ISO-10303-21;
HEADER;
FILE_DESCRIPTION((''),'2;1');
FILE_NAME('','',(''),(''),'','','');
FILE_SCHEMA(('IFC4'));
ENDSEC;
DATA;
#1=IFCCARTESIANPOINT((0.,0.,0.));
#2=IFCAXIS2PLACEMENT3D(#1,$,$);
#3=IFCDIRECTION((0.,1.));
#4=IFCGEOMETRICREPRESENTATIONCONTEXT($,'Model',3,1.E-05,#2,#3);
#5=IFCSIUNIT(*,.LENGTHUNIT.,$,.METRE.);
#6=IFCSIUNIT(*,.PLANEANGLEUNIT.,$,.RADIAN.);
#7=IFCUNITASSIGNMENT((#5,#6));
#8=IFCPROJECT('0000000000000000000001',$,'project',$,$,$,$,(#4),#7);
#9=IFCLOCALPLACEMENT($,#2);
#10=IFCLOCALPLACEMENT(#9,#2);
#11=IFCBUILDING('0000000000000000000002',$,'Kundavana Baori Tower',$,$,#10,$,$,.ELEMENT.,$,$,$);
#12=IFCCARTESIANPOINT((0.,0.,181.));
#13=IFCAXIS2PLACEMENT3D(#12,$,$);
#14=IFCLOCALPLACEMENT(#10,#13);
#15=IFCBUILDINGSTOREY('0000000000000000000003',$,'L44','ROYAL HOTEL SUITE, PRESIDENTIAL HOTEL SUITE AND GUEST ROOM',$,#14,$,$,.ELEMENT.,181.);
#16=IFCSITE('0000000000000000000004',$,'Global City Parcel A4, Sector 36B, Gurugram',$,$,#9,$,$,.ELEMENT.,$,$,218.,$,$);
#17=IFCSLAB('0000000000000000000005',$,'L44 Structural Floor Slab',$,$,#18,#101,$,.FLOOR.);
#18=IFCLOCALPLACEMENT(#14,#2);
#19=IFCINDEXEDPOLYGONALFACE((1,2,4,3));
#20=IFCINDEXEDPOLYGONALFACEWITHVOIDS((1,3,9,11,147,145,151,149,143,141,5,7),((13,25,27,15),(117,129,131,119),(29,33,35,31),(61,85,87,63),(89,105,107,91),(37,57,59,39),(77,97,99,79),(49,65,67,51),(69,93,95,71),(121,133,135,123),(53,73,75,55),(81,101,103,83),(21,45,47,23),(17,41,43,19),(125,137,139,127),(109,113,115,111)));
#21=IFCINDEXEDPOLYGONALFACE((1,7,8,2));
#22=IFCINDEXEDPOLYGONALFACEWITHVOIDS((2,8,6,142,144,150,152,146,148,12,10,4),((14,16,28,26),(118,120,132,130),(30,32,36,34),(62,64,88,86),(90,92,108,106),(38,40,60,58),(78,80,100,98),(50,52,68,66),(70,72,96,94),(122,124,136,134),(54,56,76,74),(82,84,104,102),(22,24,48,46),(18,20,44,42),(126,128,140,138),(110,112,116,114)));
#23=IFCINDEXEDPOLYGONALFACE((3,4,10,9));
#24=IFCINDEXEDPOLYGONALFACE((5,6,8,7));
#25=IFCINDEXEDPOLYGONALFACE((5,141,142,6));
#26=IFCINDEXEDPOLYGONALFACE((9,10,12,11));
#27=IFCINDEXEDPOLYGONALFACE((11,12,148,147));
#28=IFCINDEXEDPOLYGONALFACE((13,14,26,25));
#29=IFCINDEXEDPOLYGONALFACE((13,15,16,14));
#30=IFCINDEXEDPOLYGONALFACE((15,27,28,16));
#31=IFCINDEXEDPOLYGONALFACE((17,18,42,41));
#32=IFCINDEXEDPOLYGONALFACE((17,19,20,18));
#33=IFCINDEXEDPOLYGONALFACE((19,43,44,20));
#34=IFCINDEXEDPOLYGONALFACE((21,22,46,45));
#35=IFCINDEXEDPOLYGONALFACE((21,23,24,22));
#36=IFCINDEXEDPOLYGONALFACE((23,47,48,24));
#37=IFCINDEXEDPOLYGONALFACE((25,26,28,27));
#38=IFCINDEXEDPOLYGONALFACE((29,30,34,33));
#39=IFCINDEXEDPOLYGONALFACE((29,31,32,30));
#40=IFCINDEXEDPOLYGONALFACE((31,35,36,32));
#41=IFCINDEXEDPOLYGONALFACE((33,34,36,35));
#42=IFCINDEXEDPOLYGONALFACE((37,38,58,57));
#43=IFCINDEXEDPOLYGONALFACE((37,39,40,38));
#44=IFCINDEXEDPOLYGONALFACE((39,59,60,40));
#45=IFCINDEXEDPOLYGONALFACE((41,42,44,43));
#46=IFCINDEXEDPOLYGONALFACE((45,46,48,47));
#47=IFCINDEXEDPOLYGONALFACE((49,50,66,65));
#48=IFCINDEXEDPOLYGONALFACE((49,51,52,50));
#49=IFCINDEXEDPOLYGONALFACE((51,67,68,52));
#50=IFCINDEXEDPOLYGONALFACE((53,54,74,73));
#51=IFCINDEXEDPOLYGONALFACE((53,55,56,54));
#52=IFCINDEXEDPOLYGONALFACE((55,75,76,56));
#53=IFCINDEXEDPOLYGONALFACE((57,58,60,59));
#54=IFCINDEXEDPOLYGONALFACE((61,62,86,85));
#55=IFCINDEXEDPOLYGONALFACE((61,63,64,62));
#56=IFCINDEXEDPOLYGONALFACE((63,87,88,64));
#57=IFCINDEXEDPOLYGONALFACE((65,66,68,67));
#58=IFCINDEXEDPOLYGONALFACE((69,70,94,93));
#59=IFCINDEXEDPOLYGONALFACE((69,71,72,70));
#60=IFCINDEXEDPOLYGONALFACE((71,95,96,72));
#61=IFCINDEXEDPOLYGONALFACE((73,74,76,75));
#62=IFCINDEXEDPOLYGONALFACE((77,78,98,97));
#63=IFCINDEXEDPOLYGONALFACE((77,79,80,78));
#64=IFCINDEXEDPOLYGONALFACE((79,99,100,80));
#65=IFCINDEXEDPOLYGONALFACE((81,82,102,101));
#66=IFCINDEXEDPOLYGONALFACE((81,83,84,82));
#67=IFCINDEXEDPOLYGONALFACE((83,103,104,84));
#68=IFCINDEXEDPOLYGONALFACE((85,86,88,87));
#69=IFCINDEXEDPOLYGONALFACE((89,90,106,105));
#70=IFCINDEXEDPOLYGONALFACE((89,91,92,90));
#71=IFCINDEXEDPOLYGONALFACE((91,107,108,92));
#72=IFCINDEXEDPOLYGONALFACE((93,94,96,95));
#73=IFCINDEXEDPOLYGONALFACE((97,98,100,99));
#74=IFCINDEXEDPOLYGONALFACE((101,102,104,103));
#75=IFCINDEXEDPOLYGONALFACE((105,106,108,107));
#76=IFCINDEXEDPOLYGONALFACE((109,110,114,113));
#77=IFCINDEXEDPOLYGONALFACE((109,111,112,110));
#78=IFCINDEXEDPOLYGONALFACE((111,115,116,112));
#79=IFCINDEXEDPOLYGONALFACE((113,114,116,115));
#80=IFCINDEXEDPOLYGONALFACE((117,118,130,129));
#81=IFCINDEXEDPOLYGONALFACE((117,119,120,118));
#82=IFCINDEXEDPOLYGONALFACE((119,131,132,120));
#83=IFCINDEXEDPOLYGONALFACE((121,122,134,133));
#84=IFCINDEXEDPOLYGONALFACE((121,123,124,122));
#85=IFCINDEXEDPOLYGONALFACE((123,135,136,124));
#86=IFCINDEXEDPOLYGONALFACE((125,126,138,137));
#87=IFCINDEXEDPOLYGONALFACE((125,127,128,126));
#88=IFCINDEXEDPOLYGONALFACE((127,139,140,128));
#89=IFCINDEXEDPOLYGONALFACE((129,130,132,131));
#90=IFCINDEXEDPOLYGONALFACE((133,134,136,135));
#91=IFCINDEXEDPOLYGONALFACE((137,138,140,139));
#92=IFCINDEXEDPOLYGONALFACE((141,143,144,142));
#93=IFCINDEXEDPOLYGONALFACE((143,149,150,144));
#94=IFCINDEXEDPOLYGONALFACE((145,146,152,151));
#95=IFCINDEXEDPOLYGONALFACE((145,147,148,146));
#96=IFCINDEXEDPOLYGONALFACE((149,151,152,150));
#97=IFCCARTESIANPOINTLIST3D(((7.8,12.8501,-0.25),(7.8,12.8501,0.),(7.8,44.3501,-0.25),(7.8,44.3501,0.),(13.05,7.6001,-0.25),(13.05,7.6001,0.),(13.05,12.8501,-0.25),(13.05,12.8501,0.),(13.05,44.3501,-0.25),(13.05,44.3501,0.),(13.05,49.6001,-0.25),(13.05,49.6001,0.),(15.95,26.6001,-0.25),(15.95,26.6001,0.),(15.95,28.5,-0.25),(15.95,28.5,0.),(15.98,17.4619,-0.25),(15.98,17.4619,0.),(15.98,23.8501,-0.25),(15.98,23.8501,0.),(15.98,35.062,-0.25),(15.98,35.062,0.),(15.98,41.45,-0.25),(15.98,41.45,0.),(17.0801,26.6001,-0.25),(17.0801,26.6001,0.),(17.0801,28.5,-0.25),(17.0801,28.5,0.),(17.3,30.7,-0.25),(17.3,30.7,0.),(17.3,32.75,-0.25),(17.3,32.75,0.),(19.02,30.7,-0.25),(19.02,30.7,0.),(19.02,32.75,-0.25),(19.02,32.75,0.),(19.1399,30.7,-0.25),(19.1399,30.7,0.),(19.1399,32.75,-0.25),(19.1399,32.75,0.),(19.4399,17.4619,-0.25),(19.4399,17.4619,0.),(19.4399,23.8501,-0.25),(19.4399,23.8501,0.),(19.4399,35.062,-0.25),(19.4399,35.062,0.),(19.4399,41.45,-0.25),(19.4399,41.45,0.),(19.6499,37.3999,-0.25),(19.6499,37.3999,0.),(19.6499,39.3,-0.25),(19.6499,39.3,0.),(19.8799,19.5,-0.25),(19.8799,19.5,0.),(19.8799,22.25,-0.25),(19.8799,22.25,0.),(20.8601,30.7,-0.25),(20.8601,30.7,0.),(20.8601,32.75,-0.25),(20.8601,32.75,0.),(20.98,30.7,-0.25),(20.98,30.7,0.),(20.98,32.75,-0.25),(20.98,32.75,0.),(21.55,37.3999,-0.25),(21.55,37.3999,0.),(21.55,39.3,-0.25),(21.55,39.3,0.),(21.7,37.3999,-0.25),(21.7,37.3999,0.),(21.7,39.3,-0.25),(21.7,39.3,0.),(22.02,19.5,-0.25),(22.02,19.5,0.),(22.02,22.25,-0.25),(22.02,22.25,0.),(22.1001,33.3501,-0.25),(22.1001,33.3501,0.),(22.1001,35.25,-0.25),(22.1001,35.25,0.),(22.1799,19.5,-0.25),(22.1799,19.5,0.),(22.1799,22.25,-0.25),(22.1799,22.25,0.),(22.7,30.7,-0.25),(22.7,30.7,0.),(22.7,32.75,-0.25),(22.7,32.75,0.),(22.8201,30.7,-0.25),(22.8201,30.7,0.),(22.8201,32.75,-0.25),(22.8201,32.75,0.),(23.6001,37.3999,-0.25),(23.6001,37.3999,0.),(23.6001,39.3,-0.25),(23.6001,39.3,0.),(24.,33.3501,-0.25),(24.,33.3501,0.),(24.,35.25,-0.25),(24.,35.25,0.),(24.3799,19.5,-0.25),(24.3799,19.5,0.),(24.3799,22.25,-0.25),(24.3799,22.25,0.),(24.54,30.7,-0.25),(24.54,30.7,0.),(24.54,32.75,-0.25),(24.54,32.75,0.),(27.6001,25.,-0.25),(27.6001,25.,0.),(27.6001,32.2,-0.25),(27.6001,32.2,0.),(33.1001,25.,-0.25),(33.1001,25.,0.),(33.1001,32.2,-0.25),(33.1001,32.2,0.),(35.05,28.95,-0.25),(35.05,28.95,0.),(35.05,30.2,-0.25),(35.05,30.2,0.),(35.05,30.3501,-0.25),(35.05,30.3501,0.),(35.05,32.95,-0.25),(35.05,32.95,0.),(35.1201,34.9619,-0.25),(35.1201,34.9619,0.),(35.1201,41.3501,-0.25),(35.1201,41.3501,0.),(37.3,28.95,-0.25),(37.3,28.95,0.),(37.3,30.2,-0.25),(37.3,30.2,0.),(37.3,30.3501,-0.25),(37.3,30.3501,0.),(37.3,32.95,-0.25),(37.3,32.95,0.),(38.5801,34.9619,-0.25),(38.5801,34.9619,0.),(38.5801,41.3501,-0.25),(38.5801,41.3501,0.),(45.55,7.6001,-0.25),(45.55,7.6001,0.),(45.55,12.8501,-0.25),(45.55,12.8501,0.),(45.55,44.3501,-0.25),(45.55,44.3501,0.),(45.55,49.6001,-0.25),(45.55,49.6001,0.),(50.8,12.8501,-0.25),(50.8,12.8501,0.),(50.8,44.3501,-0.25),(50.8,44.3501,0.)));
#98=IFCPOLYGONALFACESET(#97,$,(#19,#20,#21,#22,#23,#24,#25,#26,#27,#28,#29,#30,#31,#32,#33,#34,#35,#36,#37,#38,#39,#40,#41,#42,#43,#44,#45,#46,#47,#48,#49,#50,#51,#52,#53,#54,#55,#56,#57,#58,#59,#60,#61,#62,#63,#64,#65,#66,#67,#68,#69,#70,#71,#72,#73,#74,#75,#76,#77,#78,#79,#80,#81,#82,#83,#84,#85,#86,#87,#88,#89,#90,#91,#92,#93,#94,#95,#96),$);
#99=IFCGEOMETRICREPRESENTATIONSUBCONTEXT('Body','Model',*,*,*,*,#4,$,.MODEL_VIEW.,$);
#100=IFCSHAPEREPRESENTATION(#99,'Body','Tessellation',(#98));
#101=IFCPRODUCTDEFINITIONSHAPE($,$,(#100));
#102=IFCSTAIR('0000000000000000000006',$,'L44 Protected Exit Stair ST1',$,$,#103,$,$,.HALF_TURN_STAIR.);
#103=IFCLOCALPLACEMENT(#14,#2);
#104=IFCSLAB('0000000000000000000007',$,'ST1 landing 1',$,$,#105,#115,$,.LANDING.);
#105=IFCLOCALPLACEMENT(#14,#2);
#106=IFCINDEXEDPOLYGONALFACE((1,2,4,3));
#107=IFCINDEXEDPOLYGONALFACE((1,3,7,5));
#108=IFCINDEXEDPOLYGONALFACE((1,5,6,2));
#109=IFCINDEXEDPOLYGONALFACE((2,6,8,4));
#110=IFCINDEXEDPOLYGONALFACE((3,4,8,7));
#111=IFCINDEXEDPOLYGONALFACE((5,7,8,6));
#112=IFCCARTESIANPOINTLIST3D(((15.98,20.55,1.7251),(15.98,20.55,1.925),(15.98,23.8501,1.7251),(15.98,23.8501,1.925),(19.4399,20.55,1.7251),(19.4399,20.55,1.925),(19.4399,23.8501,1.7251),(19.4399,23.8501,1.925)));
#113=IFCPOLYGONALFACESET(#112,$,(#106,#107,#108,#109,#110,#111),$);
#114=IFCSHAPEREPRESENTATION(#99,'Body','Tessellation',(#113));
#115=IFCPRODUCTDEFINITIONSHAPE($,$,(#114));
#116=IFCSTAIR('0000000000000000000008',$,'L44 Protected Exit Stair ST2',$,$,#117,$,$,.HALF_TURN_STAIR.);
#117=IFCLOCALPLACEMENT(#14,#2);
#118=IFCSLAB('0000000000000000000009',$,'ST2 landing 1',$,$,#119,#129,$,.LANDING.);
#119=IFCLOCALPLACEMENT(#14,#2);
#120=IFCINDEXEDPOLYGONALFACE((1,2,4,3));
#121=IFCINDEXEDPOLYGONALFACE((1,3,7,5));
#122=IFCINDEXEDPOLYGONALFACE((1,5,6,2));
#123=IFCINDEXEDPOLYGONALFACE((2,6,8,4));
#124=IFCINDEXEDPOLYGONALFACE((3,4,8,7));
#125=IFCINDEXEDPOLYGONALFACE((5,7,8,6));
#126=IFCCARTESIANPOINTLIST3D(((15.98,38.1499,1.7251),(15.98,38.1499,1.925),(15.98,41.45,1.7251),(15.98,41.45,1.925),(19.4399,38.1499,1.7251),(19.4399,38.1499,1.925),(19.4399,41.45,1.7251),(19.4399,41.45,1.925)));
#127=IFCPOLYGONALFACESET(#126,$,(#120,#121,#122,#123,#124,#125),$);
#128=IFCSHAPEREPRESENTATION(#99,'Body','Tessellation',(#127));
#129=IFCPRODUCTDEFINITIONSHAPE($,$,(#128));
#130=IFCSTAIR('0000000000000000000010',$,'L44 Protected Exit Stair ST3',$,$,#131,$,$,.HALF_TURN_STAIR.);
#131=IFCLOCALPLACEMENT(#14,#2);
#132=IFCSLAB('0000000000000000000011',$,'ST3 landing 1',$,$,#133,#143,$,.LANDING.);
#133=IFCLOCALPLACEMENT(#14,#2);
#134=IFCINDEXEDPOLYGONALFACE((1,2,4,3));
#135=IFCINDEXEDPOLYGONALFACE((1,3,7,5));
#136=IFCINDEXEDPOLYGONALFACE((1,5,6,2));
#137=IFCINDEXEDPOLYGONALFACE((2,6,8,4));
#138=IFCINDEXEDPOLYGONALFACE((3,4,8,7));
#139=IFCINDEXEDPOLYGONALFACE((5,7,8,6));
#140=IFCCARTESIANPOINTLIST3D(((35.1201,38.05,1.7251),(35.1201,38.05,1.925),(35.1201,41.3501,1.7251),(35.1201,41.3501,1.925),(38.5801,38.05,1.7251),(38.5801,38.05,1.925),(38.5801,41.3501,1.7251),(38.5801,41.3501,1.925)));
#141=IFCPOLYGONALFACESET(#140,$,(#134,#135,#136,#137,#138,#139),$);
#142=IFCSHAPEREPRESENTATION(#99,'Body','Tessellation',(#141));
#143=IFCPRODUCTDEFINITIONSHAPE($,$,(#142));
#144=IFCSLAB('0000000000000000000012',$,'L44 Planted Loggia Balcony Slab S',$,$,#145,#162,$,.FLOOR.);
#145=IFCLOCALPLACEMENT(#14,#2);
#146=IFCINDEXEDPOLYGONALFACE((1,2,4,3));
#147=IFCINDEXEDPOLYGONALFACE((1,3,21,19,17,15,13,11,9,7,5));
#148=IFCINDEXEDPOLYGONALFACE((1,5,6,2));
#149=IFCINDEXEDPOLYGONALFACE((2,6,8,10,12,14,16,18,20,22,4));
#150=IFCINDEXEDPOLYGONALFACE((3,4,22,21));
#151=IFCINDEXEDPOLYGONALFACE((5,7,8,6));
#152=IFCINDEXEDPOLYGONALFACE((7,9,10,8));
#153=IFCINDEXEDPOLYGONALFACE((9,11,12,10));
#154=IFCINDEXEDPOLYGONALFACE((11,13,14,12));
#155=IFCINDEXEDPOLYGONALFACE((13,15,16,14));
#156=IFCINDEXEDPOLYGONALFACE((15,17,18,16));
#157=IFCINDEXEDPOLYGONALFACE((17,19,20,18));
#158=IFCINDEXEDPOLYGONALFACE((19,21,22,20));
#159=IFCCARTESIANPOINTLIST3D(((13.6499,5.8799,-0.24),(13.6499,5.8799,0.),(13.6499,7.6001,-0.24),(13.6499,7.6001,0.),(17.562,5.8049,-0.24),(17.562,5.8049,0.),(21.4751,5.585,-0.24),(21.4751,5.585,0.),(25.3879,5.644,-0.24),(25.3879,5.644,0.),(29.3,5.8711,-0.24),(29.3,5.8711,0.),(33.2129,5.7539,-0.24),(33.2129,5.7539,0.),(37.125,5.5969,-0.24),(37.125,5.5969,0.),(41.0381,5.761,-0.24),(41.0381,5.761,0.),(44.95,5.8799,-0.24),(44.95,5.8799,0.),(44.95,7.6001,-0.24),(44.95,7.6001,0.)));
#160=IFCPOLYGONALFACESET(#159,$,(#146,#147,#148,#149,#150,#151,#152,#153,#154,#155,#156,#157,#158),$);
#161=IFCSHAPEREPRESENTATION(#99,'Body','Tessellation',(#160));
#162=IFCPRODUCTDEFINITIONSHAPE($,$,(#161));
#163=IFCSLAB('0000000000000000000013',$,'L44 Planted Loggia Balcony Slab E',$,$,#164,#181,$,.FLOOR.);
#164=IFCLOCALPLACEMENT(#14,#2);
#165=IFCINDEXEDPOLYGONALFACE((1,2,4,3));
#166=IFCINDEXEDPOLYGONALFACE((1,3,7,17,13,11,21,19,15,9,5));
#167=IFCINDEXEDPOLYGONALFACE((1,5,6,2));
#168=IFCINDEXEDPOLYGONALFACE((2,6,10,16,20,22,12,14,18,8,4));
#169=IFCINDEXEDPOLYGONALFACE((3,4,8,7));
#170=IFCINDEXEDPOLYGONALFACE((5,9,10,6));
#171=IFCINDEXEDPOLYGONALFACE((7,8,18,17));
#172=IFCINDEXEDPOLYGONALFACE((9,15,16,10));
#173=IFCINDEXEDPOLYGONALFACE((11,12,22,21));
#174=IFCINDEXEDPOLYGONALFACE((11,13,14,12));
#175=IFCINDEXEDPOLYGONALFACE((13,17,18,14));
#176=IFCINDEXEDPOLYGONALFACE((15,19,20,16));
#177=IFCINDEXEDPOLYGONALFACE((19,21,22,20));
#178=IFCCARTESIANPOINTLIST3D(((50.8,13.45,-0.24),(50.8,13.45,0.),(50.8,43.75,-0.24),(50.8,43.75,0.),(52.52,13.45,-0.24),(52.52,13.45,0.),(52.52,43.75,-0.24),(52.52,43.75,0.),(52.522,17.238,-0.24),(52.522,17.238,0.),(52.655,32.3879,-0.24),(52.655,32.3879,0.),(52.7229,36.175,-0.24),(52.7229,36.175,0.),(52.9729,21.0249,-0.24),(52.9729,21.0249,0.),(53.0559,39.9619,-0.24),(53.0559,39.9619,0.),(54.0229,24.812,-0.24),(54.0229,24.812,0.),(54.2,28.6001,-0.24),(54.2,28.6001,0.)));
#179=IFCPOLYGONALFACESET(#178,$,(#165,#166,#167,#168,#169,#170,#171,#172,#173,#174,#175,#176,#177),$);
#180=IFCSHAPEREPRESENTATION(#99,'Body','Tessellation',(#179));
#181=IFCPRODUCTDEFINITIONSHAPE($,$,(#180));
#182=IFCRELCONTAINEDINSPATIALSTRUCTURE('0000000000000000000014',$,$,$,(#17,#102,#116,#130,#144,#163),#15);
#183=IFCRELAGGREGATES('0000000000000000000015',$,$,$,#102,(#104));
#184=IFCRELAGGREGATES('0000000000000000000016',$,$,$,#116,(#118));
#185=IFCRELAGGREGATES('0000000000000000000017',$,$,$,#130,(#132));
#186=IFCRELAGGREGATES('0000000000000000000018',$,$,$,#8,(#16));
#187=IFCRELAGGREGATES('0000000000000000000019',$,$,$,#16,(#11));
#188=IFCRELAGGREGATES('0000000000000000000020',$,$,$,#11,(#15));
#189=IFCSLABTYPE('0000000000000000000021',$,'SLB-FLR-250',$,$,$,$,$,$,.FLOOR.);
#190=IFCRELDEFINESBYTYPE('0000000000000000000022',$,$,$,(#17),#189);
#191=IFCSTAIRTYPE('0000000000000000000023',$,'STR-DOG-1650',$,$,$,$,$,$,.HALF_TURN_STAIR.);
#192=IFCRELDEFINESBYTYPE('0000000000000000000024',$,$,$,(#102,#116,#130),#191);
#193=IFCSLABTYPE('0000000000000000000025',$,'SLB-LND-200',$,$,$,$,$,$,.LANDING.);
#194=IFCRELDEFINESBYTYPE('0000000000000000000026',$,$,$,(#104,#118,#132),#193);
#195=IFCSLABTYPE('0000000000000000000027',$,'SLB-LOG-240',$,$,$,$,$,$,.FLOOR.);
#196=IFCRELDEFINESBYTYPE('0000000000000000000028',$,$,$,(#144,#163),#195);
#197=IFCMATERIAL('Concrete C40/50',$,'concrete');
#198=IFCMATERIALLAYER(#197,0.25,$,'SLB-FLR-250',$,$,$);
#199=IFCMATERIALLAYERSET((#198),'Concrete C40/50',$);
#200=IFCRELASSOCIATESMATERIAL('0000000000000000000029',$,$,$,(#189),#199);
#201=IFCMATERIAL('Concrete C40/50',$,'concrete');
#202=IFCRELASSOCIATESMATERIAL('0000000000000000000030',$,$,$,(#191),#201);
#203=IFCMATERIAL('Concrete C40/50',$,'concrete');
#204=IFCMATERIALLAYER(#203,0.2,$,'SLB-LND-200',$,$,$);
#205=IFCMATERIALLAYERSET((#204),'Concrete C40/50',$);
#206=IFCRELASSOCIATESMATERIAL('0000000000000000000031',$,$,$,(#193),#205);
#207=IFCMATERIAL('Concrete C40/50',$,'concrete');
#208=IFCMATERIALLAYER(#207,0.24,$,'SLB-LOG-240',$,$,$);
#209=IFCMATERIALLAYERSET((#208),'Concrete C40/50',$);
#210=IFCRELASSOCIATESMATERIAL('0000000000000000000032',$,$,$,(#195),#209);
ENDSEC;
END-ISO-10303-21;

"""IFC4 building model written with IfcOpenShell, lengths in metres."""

from ifc_helpers import new_model, si_unit, direction, frame, origin, place, context, subcontext, project, spatial, polyline, outline, extrude, material, layer, layer_set, type_object, element, aggregate, save


model = new_model("IFC4")

# Units and contexts
model_context = context("Model", 3, precision=1e-05, world=origin(), true_north=direction((0.0, 1.0)))
body_context = subcontext(model_context, "Body", "Model", "MODEL_VIEW")
ifc_project = project(units=[si_unit("LENGTHUNIT", "METRE"), si_unit("PLANEANGLEUNIT", "RADIAN")], contexts=[model_context])

# Site, building, storey
site_placement = place(None, origin())
site = spatial("IfcSite", under=ifc_project, at=site_placement, Name="Global City Parcel A4, Sector 36B, Gurugram", CompositionType="ELEMENT", RefElevation=218.0)
building_placement = place(site_placement, origin())
building = spatial("IfcBuilding", under=site, at=building_placement, Name="Kundavana Baori Tower", CompositionType="ELEMENT")
storey_placement = place(building_placement, frame((0.0, 0.0, 181.0)))
storey = spatial("IfcBuildingStorey", under=building, at=storey_placement, Name="L44", Description="ROYAL HOTEL SUITE, PRESIDENTIAL HOTEL SUITE AND GUEST ROOM", CompositionType="ELEMENT", Elevation=181.0)

# Slab
ifc_material_1 = material(Name="Concrete C40/50", Category="concrete")
ifc_layer_1 = layer(ifc_material_1, 0.25, Name="SLB-FLR-250")
ifc_layer_set_1 = layer_set([ifc_layer_1], Name="Concrete C40/50")
slab_type_1 = type_object("IfcSlabType", Name="SLB-FLR-250", PredefinedType="FLOOR", material=ifc_layer_set_1)
slab_1_placement = place(storey_placement, frame((0.0, 0.0, -0.25)))
element("IfcSlab", 1, at=slab_1_placement, inside=storey, type_object=slab_type_1, Name="L44 Structural Floor Slab", PredefinedType="FLOOR", context=body_context, shape_type="SweptSolid", body=[
    extrude(outline(polyline([(13.05, 7.6001), (45.55, 7.6001), (45.55, 12.8501), (50.8, 12.8501), (50.8, 44.3501), (45.55, 44.3501), (45.55, 49.6001), (13.05, 49.6001), (13.05, 44.3501), (7.8, 44.3501), (7.8, 12.8501), (13.05, 12.8501), (13.05, 7.6001)]), holes=[polyline([(19.4399, 17.4619), (19.4399, 23.8501), (15.98, 23.8501), (15.98, 17.4619), (19.4399, 17.4619)]), polyline([(19.4399, 35.062), (19.4399, 41.45), (15.98, 41.45), (15.98, 35.062), (19.4399, 35.062)]), polyline([(38.5801, 34.9619), (38.5801, 41.3501), (35.1201, 41.3501), (35.1201, 34.9619), (38.5801, 34.9619)]), polyline([(17.3, 30.7), (19.02, 30.7), (19.02, 32.75), (17.3, 32.75), (17.3, 30.7)]), polyline([(19.1399, 30.7), (20.8601, 30.7), (20.8601, 32.75), (19.1399, 32.75), (19.1399, 30.7)]), polyline([(20.98, 30.7), (22.7, 30.7), (22.7, 32.75), (20.98, 32.75), (20.98, 30.7)]), polyline([(22.8201, 30.7), (24.54, 30.7), (24.54, 32.75), (22.8201, 32.75), (22.8201, 30.7)]), polyline([(19.6499, 37.3999), (21.55, 37.3999), (21.55, 39.3), (19.6499, 39.3), (19.6499, 37.3999)]), polyline([(21.7, 37.3999), (23.6001, 37.3999), (23.6001, 39.3), (21.7, 39.3), (21.7, 37.3999)]), polyline([(22.1001, 33.3501), (24.0, 33.3501), (24.0, 35.25), (22.1001, 35.25), (22.1001, 33.3501)]), polyline([(19.8799, 19.5), (22.02, 19.5), (22.02, 22.25), (19.8799, 22.25), (19.8799, 19.5)]), polyline([(22.1799, 19.5), (24.3799, 19.5), (24.3799, 22.25), (22.1799, 22.25), (22.1799, 19.5)]), polyline([(35.05, 30.3501), (37.3, 30.3501), (37.3, 32.95), (35.05, 32.95), (35.05, 30.3501)]), polyline([(15.95, 26.6001), (17.0801, 26.6001), (17.0801, 28.5), (15.95, 28.5), (15.95, 26.6001)]), polyline([(35.05, 28.95), (37.3, 28.95), (37.3, 30.2), (35.05, 30.2), (35.05, 28.95)]), polyline([(27.6001, 25.0), (33.1001, 25.0), (33.1001, 32.2), (27.6001, 32.2), (27.6001, 25.0)])]), origin(), (0.0, 0.0, 1.0), 0.25),
])

# Stairs, slabs
ifc_material_2 = material(Name="Concrete C40/50", Category="concrete")
stair_type = type_object("IfcStairType", Name="STR-DOG-1650", PredefinedType="HALF_TURN_STAIR", material=ifc_material_2)
stair_1_placement = place(storey_placement, origin())
stair_1 = element("IfcStair", 2, at=stair_1_placement, inside=storey, type_object=stair_type, Name="L44 Protected Exit Stair ST1", PredefinedType="HALF_TURN_STAIR")
ifc_material_3 = material(Name="Concrete C40/50", Category="concrete")
ifc_layer_2 = layer(ifc_material_3, 0.2, Name="SLB-LND-200")
ifc_layer_set_2 = layer_set([ifc_layer_2], Name="Concrete C40/50")
slab_type_2 = type_object("IfcSlabType", Name="SLB-LND-200", PredefinedType="LANDING", material=ifc_layer_set_2)
slab_2_placement = place(storey_placement, frame((0.0, 0.0, 1.7251)))
slab_2 = element("IfcSlab", 3, at=slab_2_placement, type_object=slab_type_2, Name="ST1 landing 1", PredefinedType="LANDING", context=body_context, shape_type="SweptSolid", body=[
    extrude(outline(polyline([(19.4399, 20.55), (19.4399, 23.8501), (15.98, 23.8501), (15.98, 20.55), (19.4399, 20.55)])), origin(), (0.0, 0.0, 1.0), 0.2),
])
aggregate(stair_1, [slab_2])
stair_2_placement = place(storey_placement, origin())
stair_2 = element("IfcStair", 4, at=stair_2_placement, inside=storey, type_object=stair_type, Name="L44 Protected Exit Stair ST2", PredefinedType="HALF_TURN_STAIR")
slab_3_placement = place(storey_placement, frame((0.0, 0.0, 1.7251)))
slab_3 = element("IfcSlab", 5, at=slab_3_placement, type_object=slab_type_2, Name="ST2 landing 1", PredefinedType="LANDING", context=body_context, shape_type="SweptSolid", body=[
    extrude(outline(polyline([(19.4399, 38.1499), (19.4399, 41.45), (15.98, 41.45), (15.98, 38.1499), (19.4399, 38.1499)])), origin(), (0.0, 0.0, 1.0), 0.2),
])
aggregate(stair_2, [slab_3])
stair_3_placement = place(storey_placement, origin())
stair_3 = element("IfcStair", 6, at=stair_3_placement, inside=storey, type_object=stair_type, Name="L44 Protected Exit Stair ST3", PredefinedType="HALF_TURN_STAIR")
slab_4_placement = place(storey_placement, frame((0.0, 0.0, 1.7251)))
slab_4 = element("IfcSlab", 7, at=slab_4_placement, type_object=slab_type_2, Name="ST3 landing 1", PredefinedType="LANDING", context=body_context, shape_type="SweptSolid", body=[
    extrude(outline(polyline([(38.5801, 38.05), (38.5801, 41.3501), (35.1201, 41.3501), (35.1201, 38.05), (38.5801, 38.05)])), origin(), (0.0, 0.0, 1.0), 0.2),
])
aggregate(stair_3, [slab_4])

# Slabs
ifc_material_4 = material(Name="Concrete C40/50", Category="concrete")
ifc_layer_3 = layer(ifc_material_4, 0.24, Name="SLB-LOG-240")
ifc_layer_set_3 = layer_set([ifc_layer_3], Name="Concrete C40/50")
slab_type_3 = type_object("IfcSlabType", Name="SLB-LOG-240", PredefinedType="FLOOR", material=ifc_layer_set_3)
slab_5_placement = place(storey_placement, frame((0.0, 0.0, -0.24)))
element("IfcSlab", 8, at=slab_5_placement, inside=storey, type_object=slab_type_3, Name="L44 Planted Loggia Balcony Slab S", PredefinedType="FLOOR", context=body_context, shape_type="SweptSolid", body=[
    extrude(outline(polyline([(13.6499, 7.6001), (44.95, 7.6001), (44.95, 5.8799), (41.0381, 5.761), (37.125, 5.5969), (33.2129, 5.7539), (29.3, 5.8711), (25.3879, 5.644), (21.4751, 5.585), (17.562, 5.8049), (13.6499, 5.8799), (13.6499, 7.6001)])), origin(), (0.0, 0.0, 1.0), 0.24),
])
slab_6_placement = place(storey_placement, frame((0.0, 0.0, -0.24)))
element("IfcSlab", 9, at=slab_6_placement, inside=storey, type_object=slab_type_3, Name="L44 Planted Loggia Balcony Slab E", PredefinedType="FLOOR", context=body_context, shape_type="SweptSolid", body=[
    extrude(outline(polyline([(50.8, 13.45), (50.8, 43.75), (52.52, 43.75), (53.0559, 39.9619), (52.7229, 36.175), (52.655, 32.3879), (54.2, 28.6001), (54.0229, 24.812), (52.9729, 21.0249), (52.522, 17.238), (52.52, 13.45), (50.8, 13.45)])), origin(), (0.0, 0.0, 1.0), 0.24),
])

save(model, "model.ifc")
